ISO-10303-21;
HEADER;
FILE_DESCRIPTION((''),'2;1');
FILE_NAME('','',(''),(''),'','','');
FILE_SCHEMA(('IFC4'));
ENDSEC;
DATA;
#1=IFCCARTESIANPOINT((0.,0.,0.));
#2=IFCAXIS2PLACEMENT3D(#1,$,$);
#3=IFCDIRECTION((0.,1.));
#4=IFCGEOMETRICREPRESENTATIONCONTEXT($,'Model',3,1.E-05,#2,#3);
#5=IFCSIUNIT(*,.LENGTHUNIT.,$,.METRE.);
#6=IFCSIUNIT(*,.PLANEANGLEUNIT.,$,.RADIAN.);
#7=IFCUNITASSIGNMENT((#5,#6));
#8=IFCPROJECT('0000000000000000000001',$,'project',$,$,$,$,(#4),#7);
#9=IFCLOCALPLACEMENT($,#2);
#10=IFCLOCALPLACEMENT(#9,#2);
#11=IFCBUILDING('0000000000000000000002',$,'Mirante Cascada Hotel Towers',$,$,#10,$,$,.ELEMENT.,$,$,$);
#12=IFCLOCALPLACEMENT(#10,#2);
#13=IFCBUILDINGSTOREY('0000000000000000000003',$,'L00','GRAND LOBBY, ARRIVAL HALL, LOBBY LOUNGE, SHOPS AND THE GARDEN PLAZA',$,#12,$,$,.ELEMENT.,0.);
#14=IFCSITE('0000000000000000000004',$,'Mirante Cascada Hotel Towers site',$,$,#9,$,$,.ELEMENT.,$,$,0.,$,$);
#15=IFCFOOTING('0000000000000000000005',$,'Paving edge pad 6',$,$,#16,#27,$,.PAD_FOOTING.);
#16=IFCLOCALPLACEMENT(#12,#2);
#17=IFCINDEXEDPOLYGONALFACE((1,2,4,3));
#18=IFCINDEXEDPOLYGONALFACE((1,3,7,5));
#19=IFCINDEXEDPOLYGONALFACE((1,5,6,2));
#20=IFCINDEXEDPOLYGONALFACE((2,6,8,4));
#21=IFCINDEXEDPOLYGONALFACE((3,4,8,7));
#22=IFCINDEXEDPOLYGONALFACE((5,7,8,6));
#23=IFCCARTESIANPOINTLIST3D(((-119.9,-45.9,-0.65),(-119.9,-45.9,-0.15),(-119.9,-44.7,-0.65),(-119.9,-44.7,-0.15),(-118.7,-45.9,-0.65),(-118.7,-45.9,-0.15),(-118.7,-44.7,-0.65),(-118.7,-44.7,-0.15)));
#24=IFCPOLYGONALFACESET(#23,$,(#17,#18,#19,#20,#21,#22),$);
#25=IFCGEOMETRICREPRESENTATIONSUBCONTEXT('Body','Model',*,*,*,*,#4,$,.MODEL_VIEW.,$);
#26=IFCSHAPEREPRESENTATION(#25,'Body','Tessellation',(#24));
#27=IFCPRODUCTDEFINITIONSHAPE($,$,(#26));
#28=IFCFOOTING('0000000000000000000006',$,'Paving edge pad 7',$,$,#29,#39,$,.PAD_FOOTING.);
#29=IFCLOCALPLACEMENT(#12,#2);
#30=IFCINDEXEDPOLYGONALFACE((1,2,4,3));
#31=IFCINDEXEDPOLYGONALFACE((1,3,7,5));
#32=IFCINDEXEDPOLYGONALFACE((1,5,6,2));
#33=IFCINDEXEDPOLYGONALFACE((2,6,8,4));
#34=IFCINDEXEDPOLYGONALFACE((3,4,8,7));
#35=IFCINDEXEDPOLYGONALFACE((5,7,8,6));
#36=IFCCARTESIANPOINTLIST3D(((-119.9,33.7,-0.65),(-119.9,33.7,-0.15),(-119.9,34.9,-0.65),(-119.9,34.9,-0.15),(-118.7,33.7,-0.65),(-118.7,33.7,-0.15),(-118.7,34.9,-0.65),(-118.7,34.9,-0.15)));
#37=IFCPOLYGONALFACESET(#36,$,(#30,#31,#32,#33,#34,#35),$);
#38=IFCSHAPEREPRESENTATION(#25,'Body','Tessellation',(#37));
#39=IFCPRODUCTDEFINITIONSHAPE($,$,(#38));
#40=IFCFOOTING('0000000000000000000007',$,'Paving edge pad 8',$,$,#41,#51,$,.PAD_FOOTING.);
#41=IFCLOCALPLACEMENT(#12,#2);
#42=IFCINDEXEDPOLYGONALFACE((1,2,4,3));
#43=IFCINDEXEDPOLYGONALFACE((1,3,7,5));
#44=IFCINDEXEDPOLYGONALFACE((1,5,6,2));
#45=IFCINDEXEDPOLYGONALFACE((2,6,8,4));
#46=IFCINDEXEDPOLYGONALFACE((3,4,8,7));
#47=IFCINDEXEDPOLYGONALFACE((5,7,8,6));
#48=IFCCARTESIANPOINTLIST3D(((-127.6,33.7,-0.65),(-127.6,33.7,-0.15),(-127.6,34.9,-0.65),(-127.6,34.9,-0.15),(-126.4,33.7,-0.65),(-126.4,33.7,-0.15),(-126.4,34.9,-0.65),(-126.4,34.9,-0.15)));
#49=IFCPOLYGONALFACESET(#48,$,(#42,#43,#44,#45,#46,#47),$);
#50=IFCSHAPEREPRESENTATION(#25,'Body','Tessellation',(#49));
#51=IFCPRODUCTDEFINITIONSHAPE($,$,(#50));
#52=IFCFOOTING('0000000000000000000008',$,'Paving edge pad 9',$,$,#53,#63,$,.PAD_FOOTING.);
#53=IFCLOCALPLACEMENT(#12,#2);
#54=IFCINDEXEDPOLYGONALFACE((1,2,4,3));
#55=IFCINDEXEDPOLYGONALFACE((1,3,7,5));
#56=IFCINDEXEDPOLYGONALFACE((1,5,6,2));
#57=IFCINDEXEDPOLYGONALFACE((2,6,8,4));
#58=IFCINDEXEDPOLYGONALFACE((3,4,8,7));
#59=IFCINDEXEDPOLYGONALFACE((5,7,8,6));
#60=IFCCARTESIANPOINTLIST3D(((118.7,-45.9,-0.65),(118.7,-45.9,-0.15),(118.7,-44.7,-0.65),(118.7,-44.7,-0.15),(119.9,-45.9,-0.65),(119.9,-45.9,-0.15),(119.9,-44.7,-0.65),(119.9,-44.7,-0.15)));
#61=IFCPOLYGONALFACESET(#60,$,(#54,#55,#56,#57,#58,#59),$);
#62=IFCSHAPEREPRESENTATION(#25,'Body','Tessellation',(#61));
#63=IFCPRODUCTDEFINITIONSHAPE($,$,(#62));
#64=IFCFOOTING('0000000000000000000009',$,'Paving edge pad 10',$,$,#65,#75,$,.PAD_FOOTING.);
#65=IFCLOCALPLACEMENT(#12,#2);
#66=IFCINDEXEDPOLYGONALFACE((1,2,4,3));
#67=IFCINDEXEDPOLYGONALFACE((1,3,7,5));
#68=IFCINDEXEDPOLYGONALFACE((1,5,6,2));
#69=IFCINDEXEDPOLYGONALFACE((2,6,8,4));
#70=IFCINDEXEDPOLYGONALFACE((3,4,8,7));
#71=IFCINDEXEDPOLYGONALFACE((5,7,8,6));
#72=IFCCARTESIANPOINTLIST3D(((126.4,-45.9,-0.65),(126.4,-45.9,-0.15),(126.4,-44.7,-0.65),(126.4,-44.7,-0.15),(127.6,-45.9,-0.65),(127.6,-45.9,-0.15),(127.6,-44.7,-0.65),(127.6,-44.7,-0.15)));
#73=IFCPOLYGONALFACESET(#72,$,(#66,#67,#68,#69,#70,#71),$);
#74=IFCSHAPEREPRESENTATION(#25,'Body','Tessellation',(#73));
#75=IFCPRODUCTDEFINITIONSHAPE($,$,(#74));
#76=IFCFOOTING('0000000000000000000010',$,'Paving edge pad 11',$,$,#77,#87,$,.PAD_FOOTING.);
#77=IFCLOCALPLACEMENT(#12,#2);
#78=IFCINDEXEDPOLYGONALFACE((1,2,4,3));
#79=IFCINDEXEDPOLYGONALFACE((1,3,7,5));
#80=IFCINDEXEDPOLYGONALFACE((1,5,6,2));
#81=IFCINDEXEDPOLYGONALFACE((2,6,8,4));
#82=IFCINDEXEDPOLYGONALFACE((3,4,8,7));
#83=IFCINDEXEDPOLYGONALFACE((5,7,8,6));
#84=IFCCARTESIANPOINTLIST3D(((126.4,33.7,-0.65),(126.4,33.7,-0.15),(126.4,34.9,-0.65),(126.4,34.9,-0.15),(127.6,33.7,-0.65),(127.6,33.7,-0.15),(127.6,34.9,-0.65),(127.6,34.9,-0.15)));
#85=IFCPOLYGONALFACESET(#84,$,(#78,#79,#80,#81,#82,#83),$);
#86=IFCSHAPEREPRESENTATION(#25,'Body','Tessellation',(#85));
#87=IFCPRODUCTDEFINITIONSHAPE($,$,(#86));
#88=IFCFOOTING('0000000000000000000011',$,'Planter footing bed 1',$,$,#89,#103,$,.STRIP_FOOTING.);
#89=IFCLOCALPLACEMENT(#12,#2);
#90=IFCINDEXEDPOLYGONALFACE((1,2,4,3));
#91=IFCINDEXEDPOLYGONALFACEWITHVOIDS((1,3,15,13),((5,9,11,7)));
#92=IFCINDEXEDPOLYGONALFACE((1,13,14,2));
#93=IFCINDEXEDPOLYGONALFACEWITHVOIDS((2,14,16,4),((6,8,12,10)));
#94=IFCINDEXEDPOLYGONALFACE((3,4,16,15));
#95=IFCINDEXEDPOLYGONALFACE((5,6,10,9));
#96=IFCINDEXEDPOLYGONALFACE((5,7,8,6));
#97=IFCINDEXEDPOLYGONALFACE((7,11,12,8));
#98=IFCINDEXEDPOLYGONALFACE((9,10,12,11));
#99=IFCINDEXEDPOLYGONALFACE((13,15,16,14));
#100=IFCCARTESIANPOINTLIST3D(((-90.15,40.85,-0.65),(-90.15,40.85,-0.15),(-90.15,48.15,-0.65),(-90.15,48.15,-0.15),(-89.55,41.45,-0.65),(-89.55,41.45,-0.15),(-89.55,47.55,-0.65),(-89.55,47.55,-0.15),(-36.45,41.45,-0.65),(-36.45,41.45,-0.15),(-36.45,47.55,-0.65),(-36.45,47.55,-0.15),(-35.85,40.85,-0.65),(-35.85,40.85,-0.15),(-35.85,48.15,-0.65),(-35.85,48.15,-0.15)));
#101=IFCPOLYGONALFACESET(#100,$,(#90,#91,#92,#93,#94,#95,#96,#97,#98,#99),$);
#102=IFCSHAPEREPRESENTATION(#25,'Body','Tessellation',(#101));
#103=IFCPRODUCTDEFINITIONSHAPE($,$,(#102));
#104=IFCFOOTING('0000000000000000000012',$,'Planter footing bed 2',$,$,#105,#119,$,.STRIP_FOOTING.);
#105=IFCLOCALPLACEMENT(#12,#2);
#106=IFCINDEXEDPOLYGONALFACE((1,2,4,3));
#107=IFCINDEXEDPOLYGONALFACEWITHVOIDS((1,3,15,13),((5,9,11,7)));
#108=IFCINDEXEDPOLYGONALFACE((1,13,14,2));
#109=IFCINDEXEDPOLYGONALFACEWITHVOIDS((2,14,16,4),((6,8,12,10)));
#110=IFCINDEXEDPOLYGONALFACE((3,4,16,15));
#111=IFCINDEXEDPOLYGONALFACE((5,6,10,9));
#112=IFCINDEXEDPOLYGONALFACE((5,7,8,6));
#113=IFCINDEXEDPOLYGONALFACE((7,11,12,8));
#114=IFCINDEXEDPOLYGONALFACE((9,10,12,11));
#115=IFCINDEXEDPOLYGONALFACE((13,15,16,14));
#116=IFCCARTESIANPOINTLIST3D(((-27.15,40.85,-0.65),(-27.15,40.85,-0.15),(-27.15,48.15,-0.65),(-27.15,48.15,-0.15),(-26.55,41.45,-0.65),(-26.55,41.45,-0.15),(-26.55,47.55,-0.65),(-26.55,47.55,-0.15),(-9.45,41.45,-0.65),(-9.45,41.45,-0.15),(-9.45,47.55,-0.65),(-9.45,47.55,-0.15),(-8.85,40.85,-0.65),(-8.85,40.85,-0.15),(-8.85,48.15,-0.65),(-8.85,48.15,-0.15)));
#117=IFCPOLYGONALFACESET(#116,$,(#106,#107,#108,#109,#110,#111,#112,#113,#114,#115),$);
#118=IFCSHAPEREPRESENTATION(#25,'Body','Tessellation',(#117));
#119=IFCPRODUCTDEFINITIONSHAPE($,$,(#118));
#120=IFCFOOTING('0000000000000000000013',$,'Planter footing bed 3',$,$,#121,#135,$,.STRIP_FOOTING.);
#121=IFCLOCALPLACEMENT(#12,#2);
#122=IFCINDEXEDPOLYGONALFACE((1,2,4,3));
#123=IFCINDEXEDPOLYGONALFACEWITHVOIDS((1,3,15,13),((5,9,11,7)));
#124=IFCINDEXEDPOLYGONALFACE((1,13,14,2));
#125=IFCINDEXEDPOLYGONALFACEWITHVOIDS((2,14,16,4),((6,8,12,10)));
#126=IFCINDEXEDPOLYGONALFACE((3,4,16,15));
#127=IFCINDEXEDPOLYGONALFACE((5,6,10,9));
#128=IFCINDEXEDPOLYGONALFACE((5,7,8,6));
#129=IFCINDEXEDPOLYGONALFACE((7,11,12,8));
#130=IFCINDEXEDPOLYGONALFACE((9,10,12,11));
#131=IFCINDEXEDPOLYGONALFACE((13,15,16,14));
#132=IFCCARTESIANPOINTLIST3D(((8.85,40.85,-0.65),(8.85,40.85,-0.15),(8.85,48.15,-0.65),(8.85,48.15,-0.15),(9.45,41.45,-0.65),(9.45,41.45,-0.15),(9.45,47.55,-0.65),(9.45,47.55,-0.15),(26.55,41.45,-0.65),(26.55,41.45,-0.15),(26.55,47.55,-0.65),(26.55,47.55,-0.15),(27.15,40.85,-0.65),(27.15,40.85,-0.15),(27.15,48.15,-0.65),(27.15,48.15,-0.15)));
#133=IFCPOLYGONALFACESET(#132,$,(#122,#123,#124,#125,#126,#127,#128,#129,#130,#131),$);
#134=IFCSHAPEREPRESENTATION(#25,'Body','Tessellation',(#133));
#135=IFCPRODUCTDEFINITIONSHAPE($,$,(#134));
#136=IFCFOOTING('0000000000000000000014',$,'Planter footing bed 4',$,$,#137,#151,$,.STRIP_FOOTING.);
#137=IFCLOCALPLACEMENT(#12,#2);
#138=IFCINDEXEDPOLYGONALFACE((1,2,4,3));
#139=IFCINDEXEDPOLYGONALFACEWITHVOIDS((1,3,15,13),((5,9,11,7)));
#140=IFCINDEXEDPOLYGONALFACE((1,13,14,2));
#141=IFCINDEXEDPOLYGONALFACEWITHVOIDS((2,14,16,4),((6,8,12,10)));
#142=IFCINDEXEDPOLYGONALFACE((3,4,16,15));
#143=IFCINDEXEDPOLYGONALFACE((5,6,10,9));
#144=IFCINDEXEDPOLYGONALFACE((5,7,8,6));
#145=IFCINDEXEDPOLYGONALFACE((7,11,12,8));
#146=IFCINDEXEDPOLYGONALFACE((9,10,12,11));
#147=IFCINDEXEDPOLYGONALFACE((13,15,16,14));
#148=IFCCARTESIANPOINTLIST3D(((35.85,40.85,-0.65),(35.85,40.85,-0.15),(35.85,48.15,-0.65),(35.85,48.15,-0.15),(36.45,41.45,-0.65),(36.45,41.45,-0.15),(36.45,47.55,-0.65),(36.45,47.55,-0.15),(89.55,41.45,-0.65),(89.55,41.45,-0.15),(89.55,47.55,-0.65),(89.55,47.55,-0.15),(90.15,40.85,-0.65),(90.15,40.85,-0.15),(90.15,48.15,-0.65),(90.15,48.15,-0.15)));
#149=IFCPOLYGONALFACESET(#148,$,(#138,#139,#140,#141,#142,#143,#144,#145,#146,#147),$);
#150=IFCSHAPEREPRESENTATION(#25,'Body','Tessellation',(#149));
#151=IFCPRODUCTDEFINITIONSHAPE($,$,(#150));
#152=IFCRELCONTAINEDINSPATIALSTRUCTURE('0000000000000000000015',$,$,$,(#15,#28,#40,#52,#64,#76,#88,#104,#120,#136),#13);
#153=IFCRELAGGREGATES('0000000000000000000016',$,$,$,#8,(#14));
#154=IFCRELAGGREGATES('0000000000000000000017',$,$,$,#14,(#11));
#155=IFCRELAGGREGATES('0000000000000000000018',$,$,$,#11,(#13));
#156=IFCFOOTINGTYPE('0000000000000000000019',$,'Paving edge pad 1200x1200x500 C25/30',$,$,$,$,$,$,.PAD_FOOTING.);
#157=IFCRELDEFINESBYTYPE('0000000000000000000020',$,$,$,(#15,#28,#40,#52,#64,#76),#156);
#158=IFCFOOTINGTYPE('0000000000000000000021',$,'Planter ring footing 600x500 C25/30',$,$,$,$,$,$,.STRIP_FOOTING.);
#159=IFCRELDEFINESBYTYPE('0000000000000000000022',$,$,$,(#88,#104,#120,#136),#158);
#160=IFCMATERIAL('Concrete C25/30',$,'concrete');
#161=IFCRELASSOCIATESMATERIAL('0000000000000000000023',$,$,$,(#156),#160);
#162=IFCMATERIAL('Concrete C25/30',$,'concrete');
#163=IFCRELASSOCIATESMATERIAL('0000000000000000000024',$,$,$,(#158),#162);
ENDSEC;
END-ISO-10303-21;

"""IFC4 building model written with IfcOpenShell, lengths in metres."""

from ifc_helpers import new_model, si_unit, direction, frame, origin, place, context, subcontext, project, spatial, polyline, outline, extrude, material, type_object, element, save


model = new_model("IFC4")

# Units and contexts
model_context = context("Model", 3, precision=1e-05, world=origin(), true_north=direction((0.0, 1.0)))
body_context = subcontext(model_context, "Body", "Model", "MODEL_VIEW")
ifc_project = project(units=[si_unit("LENGTHUNIT", "METRE"), si_unit("PLANEANGLEUNIT", "RADIAN")], contexts=[model_context])

# Site, building, storey
site_placement = place(None, origin())
site = spatial("IfcSite", under=ifc_project, at=site_placement, Name="Mirante Cascada Hotel Towers site", CompositionType="ELEMENT", RefElevation=0.0)
building_placement = place(site_placement, origin())
building = spatial("IfcBuilding", under=site, at=building_placement, Name="Mirante Cascada Hotel Towers", CompositionType="ELEMENT")
storey_placement = place(building_placement, origin())
storey = spatial("IfcBuildingStorey", under=building, at=storey_placement, Name="L00", Description="GRAND LOBBY, ARRIVAL HALL, LOBBY LOUNGE, SHOPS AND THE GARDEN PLAZA", CompositionType="ELEMENT", Elevation=0.0)

# Footings
ifc_material_1 = material(Name="Concrete C25/30", Category="concrete")
footing_type_1 = type_object("IfcFootingType", Name="Paving edge pad 1200x1200x500 C25/30", PredefinedType="PAD_FOOTING", material=ifc_material_1)
footing_1_placement = place(storey_placement, frame((0.0, 0.0, -0.65)))
element("IfcFooting", 1, at=footing_1_placement, inside=storey, type_object=footing_type_1, Name="Paving edge pad 6", PredefinedType="PAD_FOOTING", context=body_context, shape_type="SweptSolid", body=[
    extrude(outline(polyline([(-119.9, -45.9), (-118.7, -45.9), (-118.7, -44.7), (-119.9, -44.7), (-119.9, -45.9)])), origin(), (0.0, 0.0, 1.0), 0.5),
])
footing_2_placement = place(storey_placement, frame((0.0, 0.0, -0.65)))
element("IfcFooting", 2, at=footing_2_placement, inside=storey, type_object=footing_type_1, Name="Paving edge pad 7", PredefinedType="PAD_FOOTING", context=body_context, shape_type="SweptSolid", body=[
    extrude(outline(polyline([(-119.9, 33.7), (-118.7, 33.7), (-118.7, 34.9), (-119.9, 34.9), (-119.9, 33.7)])), origin(), (0.0, 0.0, 1.0), 0.5),
])
footing_3_placement = place(storey_placement, frame((0.0, 0.0, -0.65)))
element("IfcFooting", 3, at=footing_3_placement, inside=storey, type_object=footing_type_1, Name="Paving edge pad 8", PredefinedType="PAD_FOOTING", context=body_context, shape_type="SweptSolid", body=[
    extrude(outline(polyline([(-127.6, 33.7), (-126.4, 33.7), (-126.4, 34.9), (-127.6, 34.9), (-127.6, 33.7)])), origin(), (0.0, 0.0, 1.0), 0.5),
])
footing_4_placement = place(storey_placement, frame((0.0, 0.0, -0.65)))
element("IfcFooting", 4, at=footing_4_placement, inside=storey, type_object=footing_type_1, Name="Paving edge pad 9", PredefinedType="PAD_FOOTING", context=body_context, shape_type="SweptSolid", body=[
    extrude(outline(polyline([(118.7, -45.9), (119.9, -45.9), (119.9, -44.7), (118.7, -44.7), (118.7, -45.9)])), origin(), (0.0, 0.0, 1.0), 0.5),
])
footing_5_placement = place(storey_placement, frame((0.0, 0.0, -0.65)))
element("IfcFooting", 5, at=footing_5_placement, inside=storey, type_object=footing_type_1, Name="Paving edge pad 10", PredefinedType="PAD_FOOTING", context=body_context, shape_type="SweptSolid", body=[
    extrude(outline(polyline([(126.4, -45.9), (127.6, -45.9), (127.6, -44.7), (126.4, -44.7), (126.4, -45.9)])), origin(), (0.0, 0.0, 1.0), 0.5),
])
footing_6_placement = place(storey_placement, frame((0.0, 0.0, -0.65)))
element("IfcFooting", 6, at=footing_6_placement, inside=storey, type_object=footing_type_1, Name="Paving edge pad 11", PredefinedType="PAD_FOOTING", context=body_context, shape_type="SweptSolid", body=[
    extrude(outline(polyline([(126.4, 33.7), (127.6, 33.7), (127.6, 34.9), (126.4, 34.9), (126.4, 33.7)])), origin(), (0.0, 0.0, 1.0), 0.5),
])
ifc_material_2 = material(Name="Concrete C25/30", Category="concrete")
footing_type_2 = type_object("IfcFootingType", Name="Planter ring footing 600x500 C25/30", PredefinedType="STRIP_FOOTING", material=ifc_material_2)
footing_7_placement = place(storey_placement, frame((0.0, 0.0, -0.65)))
element("IfcFooting", 7, at=footing_7_placement, inside=storey, type_object=footing_type_2, Name="Planter footing bed 1", PredefinedType="STRIP_FOOTING", context=body_context, shape_type="SweptSolid", body=[
    extrude(outline(polyline([(-90.15, 40.85), (-35.85, 40.85), (-35.85, 48.15), (-90.15, 48.15), (-90.15, 40.85)]), holes=[polyline([(-89.55, 41.45), (-89.55, 47.55), (-36.45, 47.55), (-36.45, 41.45), (-89.55, 41.45)])]), origin(), (0.0, 0.0, 1.0), 0.5),
])
footing_8_placement = place(storey_placement, frame((0.0, 0.0, -0.65)))
element("IfcFooting", 8, at=footing_8_placement, inside=storey, type_object=footing_type_2, Name="Planter footing bed 2", PredefinedType="STRIP_FOOTING", context=body_context, shape_type="SweptSolid", body=[
    extrude(outline(polyline([(-27.15, 40.85), (-8.85, 40.85), (-8.85, 48.15), (-27.15, 48.15), (-27.15, 40.85)]), holes=[polyline([(-26.55, 41.45), (-26.55, 47.55), (-9.45, 47.55), (-9.45, 41.45), (-26.55, 41.45)])]), origin(), (0.0, 0.0, 1.0), 0.5),
])
footing_9_placement = place(storey_placement, frame((0.0, 0.0, -0.65)))
element("IfcFooting", 9, at=footing_9_placement, inside=storey, type_object=footing_type_2, Name="Planter footing bed 3", PredefinedType="STRIP_FOOTING", context=body_context, shape_type="SweptSolid", body=[
    extrude(outline(polyline([(8.85, 40.85), (27.15, 40.85), (27.15, 48.15), (8.85, 48.15), (8.85, 40.85)]), holes=[polyline([(9.45, 41.45), (9.45, 47.55), (26.55, 47.55), (26.55, 41.45), (9.45, 41.45)])]), origin(), (0.0, 0.0, 1.0), 0.5),
])
footing_10_placement = place(storey_placement, frame((0.0, 0.0, -0.65)))
element("IfcFooting", 10, at=footing_10_placement, inside=storey, type_object=footing_type_2, Name="Planter footing bed 4", PredefinedType="STRIP_FOOTING", context=body_context, shape_type="SweptSolid", body=[
    extrude(outline(polyline([(35.85, 40.85), (90.15, 40.85), (90.15, 48.15), (35.85, 48.15), (35.85, 40.85)]), holes=[polyline([(36.45, 41.45), (36.45, 47.55), (89.55, 47.55), (89.55, 41.45), (36.45, 41.45)])]), origin(), (0.0, 0.0, 1.0), 0.5),
])

save(model, "model.ifc")
